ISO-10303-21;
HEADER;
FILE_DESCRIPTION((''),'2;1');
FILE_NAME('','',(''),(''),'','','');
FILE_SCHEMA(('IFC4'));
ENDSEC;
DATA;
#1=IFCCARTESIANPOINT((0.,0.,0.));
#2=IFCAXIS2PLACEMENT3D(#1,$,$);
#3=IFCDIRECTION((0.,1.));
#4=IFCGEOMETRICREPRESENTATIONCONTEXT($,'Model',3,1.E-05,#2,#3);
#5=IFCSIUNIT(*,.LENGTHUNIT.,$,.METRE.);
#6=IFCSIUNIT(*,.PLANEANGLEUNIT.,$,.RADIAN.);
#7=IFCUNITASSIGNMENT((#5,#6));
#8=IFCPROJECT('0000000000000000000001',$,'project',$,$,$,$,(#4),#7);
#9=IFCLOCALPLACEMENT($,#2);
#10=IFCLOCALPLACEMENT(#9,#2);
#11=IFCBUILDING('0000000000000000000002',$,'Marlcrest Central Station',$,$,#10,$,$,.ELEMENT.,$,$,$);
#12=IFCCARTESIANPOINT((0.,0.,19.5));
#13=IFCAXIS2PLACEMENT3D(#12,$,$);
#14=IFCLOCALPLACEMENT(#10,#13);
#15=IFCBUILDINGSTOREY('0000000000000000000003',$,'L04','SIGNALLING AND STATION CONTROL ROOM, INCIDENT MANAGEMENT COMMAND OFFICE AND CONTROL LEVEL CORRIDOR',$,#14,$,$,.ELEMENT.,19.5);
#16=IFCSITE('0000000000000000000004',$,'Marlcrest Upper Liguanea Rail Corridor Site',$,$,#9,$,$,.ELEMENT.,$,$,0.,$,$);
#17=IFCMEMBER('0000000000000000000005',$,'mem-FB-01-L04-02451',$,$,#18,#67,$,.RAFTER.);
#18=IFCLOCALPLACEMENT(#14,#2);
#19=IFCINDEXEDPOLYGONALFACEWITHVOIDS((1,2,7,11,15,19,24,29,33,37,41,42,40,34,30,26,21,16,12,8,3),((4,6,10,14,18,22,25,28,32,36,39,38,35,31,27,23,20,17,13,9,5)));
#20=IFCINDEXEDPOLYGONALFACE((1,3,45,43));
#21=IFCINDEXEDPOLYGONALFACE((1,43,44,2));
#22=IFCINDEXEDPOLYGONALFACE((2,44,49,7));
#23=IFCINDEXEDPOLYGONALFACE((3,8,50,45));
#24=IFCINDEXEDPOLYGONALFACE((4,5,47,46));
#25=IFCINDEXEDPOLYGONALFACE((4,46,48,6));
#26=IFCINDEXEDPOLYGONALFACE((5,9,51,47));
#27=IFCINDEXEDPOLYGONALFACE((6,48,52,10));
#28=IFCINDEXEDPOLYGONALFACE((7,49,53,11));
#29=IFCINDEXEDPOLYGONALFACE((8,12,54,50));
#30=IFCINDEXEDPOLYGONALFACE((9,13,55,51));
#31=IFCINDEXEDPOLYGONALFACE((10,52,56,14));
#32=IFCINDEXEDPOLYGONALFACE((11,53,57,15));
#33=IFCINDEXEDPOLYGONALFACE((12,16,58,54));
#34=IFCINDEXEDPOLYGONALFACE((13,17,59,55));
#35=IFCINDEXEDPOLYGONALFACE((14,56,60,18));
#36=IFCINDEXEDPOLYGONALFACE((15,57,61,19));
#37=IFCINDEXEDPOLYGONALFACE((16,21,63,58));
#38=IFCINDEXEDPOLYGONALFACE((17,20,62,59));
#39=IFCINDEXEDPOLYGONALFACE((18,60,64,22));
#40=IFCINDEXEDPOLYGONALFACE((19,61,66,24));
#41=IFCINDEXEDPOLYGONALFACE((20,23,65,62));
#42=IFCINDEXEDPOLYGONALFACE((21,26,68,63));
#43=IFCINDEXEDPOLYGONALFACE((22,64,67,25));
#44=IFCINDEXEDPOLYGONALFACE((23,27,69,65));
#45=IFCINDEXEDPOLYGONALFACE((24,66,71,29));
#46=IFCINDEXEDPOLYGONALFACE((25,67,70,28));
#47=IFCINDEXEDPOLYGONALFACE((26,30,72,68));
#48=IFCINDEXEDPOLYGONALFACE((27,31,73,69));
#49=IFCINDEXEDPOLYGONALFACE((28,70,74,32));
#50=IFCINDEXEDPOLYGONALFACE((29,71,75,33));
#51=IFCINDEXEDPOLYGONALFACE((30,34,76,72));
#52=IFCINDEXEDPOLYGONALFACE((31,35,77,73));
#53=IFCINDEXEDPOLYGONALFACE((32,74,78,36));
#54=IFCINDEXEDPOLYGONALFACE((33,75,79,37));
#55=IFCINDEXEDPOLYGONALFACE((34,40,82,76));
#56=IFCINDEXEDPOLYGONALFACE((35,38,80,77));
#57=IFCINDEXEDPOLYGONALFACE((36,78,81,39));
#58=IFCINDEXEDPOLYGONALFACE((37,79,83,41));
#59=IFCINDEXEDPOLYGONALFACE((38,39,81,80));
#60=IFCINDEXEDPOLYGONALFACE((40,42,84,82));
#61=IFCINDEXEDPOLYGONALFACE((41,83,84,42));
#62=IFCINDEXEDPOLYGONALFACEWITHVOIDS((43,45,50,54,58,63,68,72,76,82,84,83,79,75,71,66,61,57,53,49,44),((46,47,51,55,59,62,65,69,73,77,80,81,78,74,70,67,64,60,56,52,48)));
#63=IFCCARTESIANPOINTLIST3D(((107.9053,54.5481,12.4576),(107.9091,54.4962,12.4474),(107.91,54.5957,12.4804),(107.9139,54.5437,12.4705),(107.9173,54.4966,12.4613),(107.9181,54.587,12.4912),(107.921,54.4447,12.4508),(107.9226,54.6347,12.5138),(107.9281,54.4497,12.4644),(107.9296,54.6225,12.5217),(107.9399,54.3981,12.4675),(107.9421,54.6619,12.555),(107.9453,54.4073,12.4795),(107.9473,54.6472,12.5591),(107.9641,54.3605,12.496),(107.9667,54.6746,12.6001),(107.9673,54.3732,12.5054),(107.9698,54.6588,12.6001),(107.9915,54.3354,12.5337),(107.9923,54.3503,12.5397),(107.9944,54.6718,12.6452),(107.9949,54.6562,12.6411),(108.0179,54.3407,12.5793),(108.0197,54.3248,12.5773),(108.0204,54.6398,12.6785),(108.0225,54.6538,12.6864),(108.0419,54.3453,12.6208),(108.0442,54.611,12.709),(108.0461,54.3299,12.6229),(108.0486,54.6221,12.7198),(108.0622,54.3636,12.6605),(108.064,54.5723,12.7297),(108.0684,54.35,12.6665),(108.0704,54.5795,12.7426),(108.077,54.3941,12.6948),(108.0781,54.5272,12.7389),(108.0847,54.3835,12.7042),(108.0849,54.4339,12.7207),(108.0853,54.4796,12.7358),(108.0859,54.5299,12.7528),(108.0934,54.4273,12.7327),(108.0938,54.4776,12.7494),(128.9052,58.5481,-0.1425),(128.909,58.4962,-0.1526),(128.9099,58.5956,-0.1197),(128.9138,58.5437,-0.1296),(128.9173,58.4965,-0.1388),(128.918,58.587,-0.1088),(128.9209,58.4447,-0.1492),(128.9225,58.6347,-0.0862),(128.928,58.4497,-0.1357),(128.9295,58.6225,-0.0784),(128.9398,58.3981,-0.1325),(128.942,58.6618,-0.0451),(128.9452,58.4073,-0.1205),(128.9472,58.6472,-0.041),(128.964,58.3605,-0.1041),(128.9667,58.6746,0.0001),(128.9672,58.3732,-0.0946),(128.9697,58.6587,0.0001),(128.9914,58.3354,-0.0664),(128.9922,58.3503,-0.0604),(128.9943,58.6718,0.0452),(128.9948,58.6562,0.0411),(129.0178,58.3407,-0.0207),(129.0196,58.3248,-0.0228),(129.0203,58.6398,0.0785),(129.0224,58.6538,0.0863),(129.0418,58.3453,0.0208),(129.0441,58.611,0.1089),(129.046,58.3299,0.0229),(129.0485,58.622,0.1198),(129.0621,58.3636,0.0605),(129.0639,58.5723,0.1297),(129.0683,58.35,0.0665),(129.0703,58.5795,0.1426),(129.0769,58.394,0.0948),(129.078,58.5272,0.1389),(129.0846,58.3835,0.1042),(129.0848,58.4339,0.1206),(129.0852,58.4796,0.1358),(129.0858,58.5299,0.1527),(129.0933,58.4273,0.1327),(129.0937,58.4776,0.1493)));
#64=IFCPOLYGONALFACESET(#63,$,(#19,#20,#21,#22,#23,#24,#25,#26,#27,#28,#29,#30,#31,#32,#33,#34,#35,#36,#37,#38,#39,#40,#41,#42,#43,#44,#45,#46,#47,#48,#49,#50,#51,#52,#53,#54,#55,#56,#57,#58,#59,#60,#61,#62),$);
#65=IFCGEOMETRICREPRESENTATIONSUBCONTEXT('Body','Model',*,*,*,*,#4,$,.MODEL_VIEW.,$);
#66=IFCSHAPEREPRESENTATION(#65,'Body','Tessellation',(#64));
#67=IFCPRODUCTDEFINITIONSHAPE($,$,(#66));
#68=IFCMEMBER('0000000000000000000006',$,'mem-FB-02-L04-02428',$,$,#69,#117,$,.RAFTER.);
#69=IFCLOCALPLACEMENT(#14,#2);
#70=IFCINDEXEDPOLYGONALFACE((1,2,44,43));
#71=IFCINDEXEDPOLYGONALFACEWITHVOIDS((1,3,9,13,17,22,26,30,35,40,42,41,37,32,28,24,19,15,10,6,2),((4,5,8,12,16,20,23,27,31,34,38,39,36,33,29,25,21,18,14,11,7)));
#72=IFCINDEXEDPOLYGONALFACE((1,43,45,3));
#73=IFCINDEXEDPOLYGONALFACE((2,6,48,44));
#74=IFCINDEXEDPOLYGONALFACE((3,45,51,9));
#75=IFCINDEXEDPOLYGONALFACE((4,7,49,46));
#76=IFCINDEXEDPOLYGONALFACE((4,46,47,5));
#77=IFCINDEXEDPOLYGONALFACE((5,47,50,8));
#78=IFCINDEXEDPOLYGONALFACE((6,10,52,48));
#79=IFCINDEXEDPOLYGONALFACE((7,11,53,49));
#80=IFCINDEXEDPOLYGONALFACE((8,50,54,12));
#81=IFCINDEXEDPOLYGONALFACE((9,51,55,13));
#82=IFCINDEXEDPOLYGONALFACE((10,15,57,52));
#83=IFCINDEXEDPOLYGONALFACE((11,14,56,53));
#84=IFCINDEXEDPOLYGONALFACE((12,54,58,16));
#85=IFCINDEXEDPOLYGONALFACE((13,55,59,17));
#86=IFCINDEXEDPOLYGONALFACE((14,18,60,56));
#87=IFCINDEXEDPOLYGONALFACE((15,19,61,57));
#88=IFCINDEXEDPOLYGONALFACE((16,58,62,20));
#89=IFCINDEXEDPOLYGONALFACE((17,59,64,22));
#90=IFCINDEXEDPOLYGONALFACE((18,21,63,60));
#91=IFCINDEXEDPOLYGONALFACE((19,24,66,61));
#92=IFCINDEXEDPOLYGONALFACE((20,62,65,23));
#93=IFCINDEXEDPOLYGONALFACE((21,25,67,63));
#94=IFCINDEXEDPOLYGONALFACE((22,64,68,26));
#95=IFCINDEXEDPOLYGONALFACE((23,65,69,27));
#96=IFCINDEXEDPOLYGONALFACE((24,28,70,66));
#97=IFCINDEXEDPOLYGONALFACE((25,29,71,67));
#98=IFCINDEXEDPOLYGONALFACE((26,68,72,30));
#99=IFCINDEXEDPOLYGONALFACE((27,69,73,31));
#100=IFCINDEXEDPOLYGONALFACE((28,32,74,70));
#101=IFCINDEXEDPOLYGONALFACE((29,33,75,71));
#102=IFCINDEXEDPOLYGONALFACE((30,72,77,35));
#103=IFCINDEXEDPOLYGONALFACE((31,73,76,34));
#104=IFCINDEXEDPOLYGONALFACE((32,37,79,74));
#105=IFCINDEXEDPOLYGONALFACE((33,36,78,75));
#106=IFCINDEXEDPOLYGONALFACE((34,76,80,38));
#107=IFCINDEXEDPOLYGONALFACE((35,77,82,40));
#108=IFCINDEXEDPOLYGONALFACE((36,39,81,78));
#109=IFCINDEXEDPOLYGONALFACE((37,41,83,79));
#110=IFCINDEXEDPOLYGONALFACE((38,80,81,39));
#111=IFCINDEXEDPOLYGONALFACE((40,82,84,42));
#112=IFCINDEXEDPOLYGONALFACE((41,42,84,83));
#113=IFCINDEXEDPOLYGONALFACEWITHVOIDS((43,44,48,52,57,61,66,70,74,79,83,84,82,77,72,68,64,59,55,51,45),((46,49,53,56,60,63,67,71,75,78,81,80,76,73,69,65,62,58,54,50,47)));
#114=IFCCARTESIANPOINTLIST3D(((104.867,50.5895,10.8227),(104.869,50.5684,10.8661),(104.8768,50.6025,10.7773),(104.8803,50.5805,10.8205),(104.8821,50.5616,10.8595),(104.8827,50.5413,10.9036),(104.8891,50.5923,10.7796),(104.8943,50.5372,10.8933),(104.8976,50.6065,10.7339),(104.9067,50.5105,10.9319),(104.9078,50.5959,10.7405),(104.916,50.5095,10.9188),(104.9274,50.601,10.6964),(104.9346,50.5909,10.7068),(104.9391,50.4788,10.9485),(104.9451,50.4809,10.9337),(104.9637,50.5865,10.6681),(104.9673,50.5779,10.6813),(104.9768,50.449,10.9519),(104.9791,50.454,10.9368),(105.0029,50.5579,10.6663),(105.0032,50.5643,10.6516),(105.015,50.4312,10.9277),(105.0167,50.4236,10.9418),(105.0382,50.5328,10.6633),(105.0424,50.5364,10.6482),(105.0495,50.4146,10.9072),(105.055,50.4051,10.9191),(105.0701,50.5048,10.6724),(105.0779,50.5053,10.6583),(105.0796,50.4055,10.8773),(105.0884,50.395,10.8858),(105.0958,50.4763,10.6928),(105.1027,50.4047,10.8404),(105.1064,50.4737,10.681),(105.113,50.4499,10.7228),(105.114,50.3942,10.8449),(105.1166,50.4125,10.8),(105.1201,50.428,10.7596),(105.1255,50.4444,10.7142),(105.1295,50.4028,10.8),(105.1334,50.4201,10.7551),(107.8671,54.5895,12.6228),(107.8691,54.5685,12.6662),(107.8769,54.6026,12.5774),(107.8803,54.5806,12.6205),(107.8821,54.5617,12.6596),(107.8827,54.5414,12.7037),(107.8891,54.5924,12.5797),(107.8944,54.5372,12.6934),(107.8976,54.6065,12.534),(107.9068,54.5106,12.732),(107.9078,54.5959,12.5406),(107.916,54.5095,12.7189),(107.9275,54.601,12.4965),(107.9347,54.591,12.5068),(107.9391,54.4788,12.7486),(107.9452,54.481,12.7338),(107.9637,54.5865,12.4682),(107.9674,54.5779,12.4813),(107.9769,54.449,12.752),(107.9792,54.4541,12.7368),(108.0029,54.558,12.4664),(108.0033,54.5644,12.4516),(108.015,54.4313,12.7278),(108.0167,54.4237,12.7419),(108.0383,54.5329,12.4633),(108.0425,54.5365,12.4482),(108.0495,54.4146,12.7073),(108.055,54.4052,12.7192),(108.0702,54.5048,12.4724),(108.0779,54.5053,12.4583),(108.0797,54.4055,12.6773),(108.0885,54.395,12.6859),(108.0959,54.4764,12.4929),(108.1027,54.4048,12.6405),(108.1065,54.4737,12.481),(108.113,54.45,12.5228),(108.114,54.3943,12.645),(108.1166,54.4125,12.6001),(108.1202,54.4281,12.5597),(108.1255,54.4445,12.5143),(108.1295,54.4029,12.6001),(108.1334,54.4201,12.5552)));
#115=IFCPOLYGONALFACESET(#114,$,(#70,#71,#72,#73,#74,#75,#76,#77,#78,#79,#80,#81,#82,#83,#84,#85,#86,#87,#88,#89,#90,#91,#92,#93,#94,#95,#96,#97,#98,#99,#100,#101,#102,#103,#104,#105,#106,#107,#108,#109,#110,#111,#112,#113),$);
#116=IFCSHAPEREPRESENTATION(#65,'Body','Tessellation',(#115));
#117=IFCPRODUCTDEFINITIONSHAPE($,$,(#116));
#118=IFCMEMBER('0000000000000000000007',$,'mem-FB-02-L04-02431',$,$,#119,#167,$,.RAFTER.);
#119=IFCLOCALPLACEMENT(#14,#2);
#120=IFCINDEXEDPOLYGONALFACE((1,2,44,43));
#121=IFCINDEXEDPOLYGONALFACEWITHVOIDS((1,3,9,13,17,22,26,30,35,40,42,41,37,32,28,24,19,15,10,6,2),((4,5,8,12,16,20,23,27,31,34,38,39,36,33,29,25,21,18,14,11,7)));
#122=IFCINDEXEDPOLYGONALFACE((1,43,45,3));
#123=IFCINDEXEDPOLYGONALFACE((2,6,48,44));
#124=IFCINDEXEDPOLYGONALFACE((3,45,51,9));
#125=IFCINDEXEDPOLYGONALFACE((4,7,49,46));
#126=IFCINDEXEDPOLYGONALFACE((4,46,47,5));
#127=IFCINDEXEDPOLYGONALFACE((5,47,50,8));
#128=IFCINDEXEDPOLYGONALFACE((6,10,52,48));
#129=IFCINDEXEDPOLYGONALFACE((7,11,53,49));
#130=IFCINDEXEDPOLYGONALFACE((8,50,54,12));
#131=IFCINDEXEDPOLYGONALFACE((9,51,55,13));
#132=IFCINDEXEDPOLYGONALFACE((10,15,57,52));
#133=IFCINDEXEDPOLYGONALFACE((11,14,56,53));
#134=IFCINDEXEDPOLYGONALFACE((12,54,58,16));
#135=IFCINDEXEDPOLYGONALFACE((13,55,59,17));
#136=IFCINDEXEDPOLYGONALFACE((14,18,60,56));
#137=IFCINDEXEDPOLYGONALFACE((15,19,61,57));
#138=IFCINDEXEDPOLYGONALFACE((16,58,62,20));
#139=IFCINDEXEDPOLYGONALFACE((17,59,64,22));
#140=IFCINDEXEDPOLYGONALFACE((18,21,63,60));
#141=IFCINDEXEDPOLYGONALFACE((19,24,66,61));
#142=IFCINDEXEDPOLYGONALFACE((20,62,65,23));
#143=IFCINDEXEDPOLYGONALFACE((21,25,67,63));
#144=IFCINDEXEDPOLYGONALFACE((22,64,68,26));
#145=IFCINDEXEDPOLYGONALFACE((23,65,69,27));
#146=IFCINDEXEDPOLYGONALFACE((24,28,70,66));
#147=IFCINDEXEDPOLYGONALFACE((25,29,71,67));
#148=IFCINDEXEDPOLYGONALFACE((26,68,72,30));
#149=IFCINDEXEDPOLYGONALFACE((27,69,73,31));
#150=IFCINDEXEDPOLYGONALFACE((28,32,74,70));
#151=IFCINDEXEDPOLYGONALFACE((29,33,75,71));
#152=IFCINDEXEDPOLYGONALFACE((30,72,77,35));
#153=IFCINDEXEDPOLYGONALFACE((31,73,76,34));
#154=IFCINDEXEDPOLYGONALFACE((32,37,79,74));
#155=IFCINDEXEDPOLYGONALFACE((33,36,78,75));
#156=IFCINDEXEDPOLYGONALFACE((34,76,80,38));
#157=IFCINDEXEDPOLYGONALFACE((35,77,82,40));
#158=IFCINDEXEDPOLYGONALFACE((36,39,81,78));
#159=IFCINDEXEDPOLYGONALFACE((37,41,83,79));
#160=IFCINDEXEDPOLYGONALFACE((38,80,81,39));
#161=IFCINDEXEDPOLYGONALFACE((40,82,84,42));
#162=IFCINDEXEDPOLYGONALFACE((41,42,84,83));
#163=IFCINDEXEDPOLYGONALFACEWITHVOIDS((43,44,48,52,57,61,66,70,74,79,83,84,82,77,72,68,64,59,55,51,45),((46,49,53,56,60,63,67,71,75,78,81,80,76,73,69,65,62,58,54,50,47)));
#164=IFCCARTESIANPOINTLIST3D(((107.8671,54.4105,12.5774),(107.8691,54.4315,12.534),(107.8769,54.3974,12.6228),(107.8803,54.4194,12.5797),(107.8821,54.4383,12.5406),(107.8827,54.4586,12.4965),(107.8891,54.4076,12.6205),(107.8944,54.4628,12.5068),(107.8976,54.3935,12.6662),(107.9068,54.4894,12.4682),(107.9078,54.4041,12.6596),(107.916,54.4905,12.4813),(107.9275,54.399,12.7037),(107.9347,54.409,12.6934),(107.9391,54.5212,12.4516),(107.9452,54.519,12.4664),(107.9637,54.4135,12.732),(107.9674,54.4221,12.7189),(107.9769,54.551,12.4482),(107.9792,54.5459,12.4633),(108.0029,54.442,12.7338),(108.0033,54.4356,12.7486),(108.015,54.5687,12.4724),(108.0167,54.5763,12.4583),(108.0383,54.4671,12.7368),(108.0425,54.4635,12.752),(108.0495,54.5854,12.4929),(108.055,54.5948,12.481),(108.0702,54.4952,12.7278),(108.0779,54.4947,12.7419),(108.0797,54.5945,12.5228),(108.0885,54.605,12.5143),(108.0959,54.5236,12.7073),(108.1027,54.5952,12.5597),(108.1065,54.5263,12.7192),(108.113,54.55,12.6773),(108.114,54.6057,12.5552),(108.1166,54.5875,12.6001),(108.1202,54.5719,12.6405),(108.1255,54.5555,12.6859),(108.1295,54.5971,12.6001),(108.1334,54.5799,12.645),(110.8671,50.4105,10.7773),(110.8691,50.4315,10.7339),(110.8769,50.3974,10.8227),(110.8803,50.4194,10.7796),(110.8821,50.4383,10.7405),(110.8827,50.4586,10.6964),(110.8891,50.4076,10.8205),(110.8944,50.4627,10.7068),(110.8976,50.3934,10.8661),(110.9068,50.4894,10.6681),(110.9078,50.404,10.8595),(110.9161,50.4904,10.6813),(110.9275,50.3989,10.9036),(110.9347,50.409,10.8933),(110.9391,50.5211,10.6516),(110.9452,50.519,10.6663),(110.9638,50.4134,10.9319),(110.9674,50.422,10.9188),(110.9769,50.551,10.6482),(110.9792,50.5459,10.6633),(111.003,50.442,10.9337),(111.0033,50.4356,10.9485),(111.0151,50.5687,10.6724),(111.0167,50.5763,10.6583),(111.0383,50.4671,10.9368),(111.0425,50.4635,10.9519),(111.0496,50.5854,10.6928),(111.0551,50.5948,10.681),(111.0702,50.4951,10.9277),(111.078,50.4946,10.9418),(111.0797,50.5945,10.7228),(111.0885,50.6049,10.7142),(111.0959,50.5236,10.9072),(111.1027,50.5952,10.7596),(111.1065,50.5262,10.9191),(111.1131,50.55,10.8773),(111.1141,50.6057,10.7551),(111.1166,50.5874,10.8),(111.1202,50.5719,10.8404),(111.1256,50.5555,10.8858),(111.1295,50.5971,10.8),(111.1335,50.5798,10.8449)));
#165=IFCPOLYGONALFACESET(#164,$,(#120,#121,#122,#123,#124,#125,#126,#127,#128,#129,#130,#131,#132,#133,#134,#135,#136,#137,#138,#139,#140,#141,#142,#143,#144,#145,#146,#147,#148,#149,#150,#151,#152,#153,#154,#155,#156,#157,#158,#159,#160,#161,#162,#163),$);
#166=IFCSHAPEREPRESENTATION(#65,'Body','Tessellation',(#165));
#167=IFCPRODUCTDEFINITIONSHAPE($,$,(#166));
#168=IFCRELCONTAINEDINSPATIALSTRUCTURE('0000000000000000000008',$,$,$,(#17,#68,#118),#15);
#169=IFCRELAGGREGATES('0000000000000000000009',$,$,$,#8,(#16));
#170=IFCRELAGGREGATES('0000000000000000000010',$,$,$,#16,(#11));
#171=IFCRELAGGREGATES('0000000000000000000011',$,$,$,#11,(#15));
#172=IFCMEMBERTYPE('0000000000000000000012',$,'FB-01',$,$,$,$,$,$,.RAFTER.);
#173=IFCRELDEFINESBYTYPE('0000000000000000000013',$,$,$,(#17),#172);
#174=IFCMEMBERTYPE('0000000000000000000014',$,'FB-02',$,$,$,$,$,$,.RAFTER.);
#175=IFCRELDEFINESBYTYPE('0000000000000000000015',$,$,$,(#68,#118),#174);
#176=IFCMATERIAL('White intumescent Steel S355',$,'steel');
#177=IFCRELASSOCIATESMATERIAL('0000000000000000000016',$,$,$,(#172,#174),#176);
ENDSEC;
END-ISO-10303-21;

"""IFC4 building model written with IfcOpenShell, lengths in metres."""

from ifc_helpers import new_model, si_unit, direction, frame, origin, origin_2d, place, context, subcontext, project, spatial, hollow_circle, extrude, material, material_profile, profile_set, type_object, element, save


model = new_model("IFC4")

# Units and contexts
model_context = context("Model", 3, precision=1e-05, world=origin(), true_north=direction((0.0, 1.0)))
body_context = subcontext(model_context, "Body", "Model", "MODEL_VIEW")
ifc_project = project(units=[si_unit("LENGTHUNIT", "METRE"), si_unit("PLANEANGLEUNIT", "RADIAN")], contexts=[model_context])

# Site, building, storey
site_placement = place(None, origin())
site = spatial("IfcSite", under=ifc_project, at=site_placement, Name="Marlcrest Upper Liguanea Rail Corridor Site", CompositionType="ELEMENT", RefElevation=0.0)
building_placement = place(site_placement, origin())
building = spatial("IfcBuilding", under=site, at=building_placement, Name="Marlcrest Central Station", CompositionType="ELEMENT")
storey_placement = place(building_placement, frame((0.0, 0.0, 19.5)))
storey = spatial("IfcBuildingStorey", under=building, at=storey_placement, Name="L04", Description="SIGNALLING AND STATION CONTROL ROOM, INCIDENT MANAGEMENT COMMAND OFFICE AND CONTROL LEVEL CORRIDOR", CompositionType="ELEMENT", Elevation=19.5)

# Members
ifc_material_1 = material(Name="White intumescent Steel S355", Category="steel")
ifc_material_profile_1 = material_profile(ifc_material_1, hollow_circle(Radius=0.1777, WallThickness=0.0161, at=origin_2d()), Name="CHS 355.6x16")
ifc_profile_set_1 = profile_set([ifc_material_profile_1], Name="White intumescent Steel S355")
member_type_1 = type_object("IfcMemberType", Name="FB-01", PredefinedType="RAFTER", material=ifc_profile_set_1)
for number, where, z_axis, x_axis, name in (
    (1, (108.0, 54.5, 12.6001), (0.846277, 0.161196, -0.50777), (-0.187112, 0.982339, 0.0), "mem-FB-01-L04-02451"),
):
    element("IfcMember", number, at=place(storey_placement, frame(where, z_axis=z_axis, x_axis=x_axis)), inside=storey, type_object=member_type_1, Name=name, PredefinedType="RAFTER", context=body_context, shape_type="SweptSolid", body=[
        extrude(hollow_circle(Radius=0.1777, WallThickness=0.0161, at=origin_2d()), origin(), (0.0, 0.0, 1.0), 24.8145),
    ])
ifc_material_profile_2 = material_profile(ifc_material_1, hollow_circle(Radius=0.1619, WallThickness=0.0161, at=origin_2d()), Name="CHS 323.9x16")
ifc_profile_set_2 = profile_set([ifc_material_profile_2], Name="White intumescent Steel S355")
member_type_2 = type_object("IfcMemberType", Name="FB-02", PredefinedType="RAFTER", material=ifc_profile_set_2)
for number, where, z_axis, x_axis, name in (
    (2, (108.0, 54.5, 12.6001), (-0.564531, -0.752708, -0.338728), (0.8, -0.6, 0.0), "mem-FB-02-L04-02428"),
    (3, (108.0, 54.5, 12.6001), (0.564531, -0.752708, -0.338728), (0.8, 0.6, 0.0), "mem-FB-02-L04-02431"),
):
    element("IfcMember", number, at=place(storey_placement, frame(where, z_axis=z_axis, x_axis=x_axis)), inside=storey, type_object=member_type_2, Name=name, PredefinedType="RAFTER", context=body_context, shape_type="SweptSolid", body=[
        extrude(hollow_circle(Radius=0.1619, WallThickness=0.0161, at=origin_2d()), origin(), (0.0, 0.0, 1.0), 5.3142),
    ])

save(model, "model.ifc")
